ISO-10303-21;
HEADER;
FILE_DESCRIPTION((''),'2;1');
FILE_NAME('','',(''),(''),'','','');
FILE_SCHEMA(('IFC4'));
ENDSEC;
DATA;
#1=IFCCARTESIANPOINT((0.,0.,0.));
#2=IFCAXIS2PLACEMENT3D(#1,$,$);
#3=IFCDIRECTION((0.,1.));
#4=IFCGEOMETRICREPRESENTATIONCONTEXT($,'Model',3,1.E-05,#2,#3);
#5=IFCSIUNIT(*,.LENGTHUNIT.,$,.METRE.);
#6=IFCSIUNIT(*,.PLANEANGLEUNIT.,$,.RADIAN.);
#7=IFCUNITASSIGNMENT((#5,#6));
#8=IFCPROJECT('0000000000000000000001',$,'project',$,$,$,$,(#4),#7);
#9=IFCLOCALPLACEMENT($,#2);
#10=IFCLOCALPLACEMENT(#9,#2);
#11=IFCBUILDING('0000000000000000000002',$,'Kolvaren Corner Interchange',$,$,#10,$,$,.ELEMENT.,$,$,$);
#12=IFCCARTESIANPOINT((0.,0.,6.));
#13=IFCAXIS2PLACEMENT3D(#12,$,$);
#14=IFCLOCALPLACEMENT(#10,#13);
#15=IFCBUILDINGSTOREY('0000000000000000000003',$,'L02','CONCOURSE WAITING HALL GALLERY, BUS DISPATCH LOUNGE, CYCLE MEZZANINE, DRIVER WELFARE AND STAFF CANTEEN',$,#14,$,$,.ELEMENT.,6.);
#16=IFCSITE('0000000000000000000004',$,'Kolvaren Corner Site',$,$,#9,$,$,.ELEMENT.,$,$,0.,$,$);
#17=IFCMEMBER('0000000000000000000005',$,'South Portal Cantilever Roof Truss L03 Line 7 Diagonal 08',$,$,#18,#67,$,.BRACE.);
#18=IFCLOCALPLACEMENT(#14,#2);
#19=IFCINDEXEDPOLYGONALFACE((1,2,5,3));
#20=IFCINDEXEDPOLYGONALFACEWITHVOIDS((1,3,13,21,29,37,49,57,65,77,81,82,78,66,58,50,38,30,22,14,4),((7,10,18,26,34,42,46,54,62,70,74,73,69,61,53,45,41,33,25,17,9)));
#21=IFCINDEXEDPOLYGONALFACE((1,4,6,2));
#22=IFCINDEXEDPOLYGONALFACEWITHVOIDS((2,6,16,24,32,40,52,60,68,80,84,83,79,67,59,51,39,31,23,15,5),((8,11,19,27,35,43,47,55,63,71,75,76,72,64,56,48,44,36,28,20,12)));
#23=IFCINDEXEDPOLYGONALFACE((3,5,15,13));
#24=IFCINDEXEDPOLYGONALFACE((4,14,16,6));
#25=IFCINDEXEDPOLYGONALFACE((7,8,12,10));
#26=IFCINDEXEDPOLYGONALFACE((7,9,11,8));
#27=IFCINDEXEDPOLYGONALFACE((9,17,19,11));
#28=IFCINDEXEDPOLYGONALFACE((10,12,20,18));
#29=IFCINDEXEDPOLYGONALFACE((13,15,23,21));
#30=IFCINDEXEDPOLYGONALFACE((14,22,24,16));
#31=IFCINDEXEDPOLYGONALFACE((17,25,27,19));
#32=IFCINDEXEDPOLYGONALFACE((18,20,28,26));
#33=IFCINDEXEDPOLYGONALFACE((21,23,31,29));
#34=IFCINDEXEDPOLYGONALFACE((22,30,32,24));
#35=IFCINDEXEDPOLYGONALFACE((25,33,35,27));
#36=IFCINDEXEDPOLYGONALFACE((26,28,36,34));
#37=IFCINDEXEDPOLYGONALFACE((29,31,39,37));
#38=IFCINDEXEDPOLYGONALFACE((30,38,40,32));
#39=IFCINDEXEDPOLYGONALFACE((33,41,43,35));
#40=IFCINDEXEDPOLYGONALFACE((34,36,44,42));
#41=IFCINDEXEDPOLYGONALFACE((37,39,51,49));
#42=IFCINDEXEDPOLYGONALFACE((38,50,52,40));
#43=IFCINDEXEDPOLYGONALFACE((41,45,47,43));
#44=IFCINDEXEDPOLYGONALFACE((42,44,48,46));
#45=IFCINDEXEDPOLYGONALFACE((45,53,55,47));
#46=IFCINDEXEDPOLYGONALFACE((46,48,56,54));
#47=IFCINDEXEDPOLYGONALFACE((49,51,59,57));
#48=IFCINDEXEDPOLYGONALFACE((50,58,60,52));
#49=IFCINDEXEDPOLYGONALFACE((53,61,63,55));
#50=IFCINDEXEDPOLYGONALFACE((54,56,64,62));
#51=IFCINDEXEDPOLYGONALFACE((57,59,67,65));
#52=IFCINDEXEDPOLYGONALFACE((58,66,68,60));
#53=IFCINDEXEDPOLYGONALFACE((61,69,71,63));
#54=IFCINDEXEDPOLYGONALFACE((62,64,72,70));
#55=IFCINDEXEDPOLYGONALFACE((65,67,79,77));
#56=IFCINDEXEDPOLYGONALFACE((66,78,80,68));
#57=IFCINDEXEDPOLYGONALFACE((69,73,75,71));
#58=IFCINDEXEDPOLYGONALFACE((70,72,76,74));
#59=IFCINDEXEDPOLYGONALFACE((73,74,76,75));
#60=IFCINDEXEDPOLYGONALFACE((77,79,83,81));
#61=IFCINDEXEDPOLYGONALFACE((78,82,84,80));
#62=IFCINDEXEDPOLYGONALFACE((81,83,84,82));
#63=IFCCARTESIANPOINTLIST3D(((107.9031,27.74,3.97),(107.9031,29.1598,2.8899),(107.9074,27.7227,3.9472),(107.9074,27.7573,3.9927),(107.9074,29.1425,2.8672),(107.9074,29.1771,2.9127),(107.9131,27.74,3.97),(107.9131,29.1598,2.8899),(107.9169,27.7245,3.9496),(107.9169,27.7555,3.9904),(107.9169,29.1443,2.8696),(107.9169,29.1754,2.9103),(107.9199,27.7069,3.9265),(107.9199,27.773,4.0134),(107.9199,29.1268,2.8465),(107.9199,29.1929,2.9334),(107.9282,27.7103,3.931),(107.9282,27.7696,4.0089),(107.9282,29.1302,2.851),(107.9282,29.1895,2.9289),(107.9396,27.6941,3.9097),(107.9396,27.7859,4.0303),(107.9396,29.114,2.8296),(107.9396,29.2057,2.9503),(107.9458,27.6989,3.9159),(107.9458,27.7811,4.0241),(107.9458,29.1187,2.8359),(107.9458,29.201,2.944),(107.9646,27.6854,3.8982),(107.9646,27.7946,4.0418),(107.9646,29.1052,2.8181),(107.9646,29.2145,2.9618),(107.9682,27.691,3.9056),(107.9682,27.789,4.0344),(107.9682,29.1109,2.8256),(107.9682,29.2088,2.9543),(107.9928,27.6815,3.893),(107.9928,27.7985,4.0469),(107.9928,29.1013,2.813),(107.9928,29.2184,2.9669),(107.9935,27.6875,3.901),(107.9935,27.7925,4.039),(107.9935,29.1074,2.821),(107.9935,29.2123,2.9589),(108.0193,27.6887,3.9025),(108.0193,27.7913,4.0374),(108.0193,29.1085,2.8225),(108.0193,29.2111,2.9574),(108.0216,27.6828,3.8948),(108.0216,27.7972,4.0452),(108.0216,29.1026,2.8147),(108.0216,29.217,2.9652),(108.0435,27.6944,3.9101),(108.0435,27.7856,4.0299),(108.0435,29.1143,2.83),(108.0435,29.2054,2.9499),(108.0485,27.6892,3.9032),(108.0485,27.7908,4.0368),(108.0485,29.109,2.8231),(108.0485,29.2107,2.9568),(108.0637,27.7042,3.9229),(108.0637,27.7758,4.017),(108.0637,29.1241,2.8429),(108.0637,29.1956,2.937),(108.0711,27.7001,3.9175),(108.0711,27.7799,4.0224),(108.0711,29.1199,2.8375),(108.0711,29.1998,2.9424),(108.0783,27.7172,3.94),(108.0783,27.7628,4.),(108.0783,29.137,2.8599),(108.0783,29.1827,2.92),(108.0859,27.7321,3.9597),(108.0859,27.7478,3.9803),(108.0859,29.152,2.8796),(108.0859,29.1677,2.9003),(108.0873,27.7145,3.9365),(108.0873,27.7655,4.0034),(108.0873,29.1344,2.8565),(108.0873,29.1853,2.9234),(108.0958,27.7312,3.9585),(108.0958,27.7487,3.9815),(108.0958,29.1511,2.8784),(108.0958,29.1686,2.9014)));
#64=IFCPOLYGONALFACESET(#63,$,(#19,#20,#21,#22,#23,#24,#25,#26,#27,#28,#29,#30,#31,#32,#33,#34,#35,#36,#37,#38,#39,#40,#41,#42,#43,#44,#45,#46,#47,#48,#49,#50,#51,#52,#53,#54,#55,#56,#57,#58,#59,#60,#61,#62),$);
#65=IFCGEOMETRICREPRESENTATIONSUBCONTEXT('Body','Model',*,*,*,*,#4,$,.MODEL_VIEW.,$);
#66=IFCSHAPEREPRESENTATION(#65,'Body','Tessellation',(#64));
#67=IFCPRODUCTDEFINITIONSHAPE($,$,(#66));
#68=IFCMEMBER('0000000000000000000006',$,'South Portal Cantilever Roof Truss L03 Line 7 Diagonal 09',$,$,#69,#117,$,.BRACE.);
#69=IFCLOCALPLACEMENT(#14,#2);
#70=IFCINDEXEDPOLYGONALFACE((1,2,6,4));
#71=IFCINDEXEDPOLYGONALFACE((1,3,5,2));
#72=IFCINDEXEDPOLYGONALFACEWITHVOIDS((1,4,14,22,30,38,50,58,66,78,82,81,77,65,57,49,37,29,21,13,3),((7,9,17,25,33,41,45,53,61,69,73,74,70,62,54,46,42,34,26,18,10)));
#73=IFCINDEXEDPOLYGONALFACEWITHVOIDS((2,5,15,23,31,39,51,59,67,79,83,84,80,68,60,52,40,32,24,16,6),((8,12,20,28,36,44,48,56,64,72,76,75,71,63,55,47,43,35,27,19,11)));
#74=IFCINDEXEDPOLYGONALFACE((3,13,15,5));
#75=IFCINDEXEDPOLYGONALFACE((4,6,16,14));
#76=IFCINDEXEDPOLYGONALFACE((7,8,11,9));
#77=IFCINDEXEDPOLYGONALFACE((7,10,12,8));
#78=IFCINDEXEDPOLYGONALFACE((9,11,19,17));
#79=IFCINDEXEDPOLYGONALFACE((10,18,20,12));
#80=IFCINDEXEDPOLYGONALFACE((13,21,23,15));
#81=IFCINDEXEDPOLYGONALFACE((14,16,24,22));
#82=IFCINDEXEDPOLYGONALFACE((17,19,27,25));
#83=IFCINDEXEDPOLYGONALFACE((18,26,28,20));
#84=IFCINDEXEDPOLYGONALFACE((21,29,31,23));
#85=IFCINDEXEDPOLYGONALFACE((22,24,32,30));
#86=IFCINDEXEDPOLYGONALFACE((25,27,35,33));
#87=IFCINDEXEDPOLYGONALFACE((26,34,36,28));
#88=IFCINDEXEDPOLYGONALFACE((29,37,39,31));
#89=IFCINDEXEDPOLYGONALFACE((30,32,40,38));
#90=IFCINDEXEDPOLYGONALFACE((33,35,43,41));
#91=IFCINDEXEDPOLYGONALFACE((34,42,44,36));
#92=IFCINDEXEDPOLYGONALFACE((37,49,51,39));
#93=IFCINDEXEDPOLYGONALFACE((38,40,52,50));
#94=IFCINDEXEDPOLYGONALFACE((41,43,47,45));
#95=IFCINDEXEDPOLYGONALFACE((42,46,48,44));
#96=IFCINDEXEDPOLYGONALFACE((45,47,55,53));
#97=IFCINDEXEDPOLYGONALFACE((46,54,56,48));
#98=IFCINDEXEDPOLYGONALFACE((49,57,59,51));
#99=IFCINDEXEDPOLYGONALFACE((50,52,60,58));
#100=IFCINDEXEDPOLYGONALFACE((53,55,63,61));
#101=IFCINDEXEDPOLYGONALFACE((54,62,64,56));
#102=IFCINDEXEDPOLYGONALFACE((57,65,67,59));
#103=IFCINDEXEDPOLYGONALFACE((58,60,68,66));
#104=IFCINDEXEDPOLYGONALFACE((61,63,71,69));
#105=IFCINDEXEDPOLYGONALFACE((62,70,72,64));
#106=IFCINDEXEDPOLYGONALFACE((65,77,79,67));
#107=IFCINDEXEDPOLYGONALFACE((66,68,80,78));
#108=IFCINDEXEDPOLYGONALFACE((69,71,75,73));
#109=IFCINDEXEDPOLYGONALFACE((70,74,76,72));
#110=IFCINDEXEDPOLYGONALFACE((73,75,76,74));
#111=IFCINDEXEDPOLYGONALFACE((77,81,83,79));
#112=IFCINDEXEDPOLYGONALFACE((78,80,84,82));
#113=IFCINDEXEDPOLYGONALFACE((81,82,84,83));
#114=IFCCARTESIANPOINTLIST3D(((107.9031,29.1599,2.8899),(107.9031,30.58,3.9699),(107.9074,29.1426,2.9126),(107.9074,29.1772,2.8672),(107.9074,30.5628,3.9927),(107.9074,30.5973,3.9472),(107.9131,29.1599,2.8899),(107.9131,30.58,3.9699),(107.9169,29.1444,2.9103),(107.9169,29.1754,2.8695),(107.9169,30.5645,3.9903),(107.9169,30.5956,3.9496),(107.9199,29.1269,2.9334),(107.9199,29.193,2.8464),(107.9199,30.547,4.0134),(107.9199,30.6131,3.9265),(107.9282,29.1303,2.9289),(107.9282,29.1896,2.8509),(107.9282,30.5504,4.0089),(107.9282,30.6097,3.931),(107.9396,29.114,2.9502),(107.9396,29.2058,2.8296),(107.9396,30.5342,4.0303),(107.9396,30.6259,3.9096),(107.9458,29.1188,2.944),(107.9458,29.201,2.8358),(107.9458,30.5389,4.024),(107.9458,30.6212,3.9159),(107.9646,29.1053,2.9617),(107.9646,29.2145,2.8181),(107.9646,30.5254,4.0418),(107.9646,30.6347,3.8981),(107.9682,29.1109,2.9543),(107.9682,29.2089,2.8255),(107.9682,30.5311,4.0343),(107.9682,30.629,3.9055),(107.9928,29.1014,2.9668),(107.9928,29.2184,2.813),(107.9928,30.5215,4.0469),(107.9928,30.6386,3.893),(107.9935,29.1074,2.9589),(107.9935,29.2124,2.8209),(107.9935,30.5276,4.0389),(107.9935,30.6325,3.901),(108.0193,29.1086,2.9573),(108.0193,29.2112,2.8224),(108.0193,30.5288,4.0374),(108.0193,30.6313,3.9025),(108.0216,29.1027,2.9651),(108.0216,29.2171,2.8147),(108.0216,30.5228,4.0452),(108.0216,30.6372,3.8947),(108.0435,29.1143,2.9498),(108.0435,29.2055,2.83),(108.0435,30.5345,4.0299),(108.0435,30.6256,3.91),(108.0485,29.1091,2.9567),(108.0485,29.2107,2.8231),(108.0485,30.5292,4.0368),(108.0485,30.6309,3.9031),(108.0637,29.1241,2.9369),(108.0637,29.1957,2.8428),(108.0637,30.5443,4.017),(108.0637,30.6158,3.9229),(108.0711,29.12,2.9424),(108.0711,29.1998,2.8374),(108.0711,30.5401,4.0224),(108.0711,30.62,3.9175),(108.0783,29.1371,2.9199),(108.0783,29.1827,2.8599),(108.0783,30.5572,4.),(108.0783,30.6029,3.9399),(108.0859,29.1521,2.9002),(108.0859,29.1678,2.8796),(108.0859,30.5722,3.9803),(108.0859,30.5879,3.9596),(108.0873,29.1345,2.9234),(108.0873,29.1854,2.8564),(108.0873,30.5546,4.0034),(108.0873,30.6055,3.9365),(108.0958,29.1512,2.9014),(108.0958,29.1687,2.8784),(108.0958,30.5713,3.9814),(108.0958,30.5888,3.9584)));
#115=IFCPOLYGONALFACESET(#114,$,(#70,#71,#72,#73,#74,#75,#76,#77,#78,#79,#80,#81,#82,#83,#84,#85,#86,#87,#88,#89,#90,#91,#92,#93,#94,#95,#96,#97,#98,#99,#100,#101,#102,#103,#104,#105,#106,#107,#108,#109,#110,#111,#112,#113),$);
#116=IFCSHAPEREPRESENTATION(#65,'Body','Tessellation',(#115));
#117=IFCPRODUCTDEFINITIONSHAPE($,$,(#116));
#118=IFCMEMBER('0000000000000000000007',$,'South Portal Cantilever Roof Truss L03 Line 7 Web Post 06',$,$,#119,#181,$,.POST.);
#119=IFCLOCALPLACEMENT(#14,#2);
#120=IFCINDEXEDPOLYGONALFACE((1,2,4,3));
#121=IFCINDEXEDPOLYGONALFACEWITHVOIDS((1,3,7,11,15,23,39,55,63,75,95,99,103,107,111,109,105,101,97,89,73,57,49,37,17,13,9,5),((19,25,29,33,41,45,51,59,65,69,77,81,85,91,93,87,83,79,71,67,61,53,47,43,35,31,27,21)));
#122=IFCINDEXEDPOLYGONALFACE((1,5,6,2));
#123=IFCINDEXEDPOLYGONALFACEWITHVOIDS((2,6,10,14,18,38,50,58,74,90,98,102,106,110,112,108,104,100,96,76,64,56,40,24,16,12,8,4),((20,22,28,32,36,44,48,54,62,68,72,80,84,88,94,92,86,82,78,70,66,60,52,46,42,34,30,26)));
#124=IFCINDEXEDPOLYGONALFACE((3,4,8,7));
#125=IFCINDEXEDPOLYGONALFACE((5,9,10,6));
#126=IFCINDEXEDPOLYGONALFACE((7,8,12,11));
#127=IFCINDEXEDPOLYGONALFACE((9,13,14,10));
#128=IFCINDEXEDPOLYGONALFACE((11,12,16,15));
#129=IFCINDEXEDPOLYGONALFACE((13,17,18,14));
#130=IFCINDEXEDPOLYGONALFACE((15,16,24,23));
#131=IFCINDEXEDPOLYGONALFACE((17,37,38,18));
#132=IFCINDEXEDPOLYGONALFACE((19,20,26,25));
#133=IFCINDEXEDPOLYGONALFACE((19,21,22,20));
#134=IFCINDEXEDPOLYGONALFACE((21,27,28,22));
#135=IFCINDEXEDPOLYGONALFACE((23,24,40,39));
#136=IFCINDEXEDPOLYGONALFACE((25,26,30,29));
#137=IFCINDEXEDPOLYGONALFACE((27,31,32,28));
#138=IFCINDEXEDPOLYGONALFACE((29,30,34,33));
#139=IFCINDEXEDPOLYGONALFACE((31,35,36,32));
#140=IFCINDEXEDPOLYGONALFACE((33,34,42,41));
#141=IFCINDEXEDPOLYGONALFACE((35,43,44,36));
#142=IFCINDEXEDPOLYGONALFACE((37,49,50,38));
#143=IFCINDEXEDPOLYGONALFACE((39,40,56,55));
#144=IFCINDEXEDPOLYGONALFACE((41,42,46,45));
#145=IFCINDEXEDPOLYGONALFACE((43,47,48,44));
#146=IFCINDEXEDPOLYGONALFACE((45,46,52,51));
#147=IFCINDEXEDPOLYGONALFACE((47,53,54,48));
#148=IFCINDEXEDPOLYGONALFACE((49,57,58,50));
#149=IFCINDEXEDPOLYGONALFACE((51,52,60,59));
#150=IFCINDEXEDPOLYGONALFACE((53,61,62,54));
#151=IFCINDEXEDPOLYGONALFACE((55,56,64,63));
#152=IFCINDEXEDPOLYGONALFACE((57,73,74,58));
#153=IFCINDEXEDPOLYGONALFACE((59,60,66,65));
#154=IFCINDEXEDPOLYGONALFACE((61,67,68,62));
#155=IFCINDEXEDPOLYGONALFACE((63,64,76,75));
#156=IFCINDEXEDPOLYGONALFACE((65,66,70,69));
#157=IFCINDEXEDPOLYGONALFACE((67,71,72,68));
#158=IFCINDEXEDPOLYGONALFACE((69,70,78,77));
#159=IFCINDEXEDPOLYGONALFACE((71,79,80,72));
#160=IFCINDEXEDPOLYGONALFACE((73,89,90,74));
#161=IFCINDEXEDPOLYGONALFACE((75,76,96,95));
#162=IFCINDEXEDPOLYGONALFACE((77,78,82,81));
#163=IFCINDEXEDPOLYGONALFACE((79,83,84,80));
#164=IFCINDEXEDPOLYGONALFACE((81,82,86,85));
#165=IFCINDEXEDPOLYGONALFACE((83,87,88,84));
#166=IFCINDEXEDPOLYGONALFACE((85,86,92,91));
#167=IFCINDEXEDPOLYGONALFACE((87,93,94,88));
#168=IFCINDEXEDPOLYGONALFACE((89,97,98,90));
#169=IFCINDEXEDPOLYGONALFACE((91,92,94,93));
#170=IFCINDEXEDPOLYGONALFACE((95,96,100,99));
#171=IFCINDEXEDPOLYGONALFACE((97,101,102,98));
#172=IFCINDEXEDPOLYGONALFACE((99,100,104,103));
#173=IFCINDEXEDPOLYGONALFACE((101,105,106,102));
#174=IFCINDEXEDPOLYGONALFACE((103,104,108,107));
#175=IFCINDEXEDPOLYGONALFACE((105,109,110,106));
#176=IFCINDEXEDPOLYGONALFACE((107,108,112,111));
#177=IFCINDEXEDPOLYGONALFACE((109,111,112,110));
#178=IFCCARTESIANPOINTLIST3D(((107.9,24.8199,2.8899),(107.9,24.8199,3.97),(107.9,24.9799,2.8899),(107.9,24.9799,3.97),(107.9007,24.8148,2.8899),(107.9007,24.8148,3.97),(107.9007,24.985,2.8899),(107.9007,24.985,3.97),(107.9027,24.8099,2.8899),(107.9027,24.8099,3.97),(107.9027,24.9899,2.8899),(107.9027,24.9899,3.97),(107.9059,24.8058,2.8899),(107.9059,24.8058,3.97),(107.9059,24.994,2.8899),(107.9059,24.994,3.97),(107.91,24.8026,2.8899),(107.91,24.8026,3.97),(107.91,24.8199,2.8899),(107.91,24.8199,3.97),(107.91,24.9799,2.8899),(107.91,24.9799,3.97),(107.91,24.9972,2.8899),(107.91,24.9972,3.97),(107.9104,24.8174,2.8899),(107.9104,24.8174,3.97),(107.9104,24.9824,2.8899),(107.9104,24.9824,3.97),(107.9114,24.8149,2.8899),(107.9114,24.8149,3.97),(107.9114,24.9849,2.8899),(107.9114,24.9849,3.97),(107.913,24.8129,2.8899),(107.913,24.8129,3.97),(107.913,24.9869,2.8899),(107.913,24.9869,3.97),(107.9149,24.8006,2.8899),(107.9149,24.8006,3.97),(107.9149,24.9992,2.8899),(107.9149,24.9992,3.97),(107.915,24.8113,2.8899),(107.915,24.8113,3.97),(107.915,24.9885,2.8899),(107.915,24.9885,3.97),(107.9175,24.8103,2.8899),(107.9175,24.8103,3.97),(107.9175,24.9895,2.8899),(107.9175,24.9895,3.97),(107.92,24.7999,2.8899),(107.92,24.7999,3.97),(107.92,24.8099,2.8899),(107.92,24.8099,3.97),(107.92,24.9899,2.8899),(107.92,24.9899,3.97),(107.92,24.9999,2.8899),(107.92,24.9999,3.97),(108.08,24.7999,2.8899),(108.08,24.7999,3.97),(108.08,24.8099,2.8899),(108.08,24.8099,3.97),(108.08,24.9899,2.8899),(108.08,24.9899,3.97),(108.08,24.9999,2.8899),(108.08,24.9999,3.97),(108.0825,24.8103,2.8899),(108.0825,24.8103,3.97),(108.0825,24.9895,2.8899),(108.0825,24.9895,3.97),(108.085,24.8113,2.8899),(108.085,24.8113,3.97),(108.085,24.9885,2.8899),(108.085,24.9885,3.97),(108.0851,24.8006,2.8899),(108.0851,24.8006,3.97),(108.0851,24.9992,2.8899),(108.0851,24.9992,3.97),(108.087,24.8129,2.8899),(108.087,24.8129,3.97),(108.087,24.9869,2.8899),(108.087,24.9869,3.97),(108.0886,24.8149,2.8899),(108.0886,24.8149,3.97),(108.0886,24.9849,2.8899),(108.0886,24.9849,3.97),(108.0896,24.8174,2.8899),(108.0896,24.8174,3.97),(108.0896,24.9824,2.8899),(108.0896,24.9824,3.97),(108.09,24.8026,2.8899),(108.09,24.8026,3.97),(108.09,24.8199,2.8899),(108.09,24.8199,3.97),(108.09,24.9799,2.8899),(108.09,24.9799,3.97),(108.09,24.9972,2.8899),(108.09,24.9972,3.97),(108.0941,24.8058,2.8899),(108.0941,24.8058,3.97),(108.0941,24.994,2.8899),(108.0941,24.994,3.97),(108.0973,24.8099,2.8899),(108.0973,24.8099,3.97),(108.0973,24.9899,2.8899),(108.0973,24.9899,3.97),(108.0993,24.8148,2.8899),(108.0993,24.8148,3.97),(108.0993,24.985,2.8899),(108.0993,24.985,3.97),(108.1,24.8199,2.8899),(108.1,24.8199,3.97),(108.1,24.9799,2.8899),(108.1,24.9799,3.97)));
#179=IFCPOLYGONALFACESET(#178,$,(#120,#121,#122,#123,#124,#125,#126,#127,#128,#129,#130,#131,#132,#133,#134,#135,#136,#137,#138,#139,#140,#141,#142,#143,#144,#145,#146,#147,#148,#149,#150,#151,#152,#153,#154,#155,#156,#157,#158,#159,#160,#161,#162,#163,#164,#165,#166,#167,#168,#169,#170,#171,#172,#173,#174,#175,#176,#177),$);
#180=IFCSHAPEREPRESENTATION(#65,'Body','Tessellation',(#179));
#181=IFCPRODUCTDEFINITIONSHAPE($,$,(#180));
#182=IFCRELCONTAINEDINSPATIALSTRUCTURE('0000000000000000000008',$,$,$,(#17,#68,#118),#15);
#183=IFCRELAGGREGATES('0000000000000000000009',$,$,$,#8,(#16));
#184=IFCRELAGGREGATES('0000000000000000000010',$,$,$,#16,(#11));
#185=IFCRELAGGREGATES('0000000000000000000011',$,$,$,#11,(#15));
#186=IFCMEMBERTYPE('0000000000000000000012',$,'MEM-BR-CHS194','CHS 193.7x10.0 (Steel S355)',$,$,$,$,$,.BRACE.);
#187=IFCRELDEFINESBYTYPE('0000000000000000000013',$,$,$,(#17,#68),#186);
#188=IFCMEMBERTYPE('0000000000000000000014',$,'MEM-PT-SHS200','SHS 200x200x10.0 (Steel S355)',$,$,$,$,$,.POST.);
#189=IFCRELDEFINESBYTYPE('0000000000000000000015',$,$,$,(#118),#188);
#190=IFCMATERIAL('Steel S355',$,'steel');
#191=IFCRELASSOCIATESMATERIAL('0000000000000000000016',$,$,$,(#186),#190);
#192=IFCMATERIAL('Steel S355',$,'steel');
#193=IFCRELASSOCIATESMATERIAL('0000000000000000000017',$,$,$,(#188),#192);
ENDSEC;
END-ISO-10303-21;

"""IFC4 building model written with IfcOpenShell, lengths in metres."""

from ifc_helpers import new_model, si_unit, direction, frame, origin, origin_2d, place, context, subcontext, project, spatial, hollow_rectangle, hollow_circle, extrude, material, material_profile, profile_set, type_object, element, save


model = new_model("IFC4")

# Units and contexts
model_context = context("Model", 3, precision=1e-05, world=origin(), true_north=direction((0.0, 1.0)))
body_context = subcontext(model_context, "Body", "Model", "MODEL_VIEW")
ifc_project = project(units=[si_unit("LENGTHUNIT", "METRE"), si_unit("PLANEANGLEUNIT", "RADIAN")], contexts=[model_context])

# Site, building, storey
site_placement = place(None, origin())
site = spatial("IfcSite", under=ifc_project, at=site_placement, Name="Kolvaren Corner Site", CompositionType="ELEMENT", RefElevation=0.0)
building_placement = place(site_placement, origin())
building = spatial("IfcBuilding", under=site, at=building_placement, Name="Kolvaren Corner Interchange", CompositionType="ELEMENT")
storey_placement = place(building_placement, frame((0.0, 0.0, 6.0)))
storey = spatial("IfcBuildingStorey", under=building, at=storey_placement, Name="L02", Description="CONCOURSE WAITING HALL GALLERY, BUS DISPATCH LOUNGE, CYCLE MEZZANINE, DRIVER WELFARE AND STAFF CANTEEN", CompositionType="ELEMENT", Elevation=6.0)

# Members
ifc_material_1 = material(Name="Steel S355", Category="steel")
ifc_material_profile_1 = material_profile(ifc_material_1, hollow_circle(Radius=0.0969, WallThickness=0.01, at=origin_2d()), Name="CHS 193.7x10.0")
ifc_profile_set_1 = profile_set([ifc_material_profile_1], Name="Steel S355")
member_type_1 = type_object("IfcMemberType", Name="MEM-BR-CHS194", Description="CHS 193.7x10.0 (Steel S355)", PredefinedType="BRACE", material=ifc_profile_set_1)
for number, where, z_axis, x_axis, name in (
    (1, (108.0, 27.74, 3.97), (0.0, 0.795909, -0.605416), (-1.0, 0.0, 0.0), "South Portal Cantilever Roof Truss L03 Line 7 Diagonal 08"),
):
    element("IfcMember", number, at=place(storey_placement, frame(where, z_axis=z_axis, x_axis=x_axis)), inside=storey, type_object=member_type_1, Name=name, PredefinedType="BRACE", context=body_context, shape_type="SweptSolid", body=[
        extrude(hollow_circle(Radius=0.0969, WallThickness=0.01, at=origin_2d()), origin(), (0.0, 0.0, 1.0), 1.7839),
    ])
member_1_placement = place(storey_placement, frame((108.0, 29.1599, 2.8899), z_axis=(0.0, 0.795959, 0.60535), x_axis=(-1.0, 0.0, 0.0)))
element("IfcMember", 2, at=member_1_placement, inside=storey, type_object=member_type_1, Name="South Portal Cantilever Roof Truss L03 Line 7 Diagonal 09", PredefinedType="BRACE", context=body_context, shape_type="SweptSolid", body=[
    extrude(hollow_circle(Radius=0.0969, WallThickness=0.01, at=origin_2d()), origin(), (0.0, 0.0, 1.0), 1.7842),
])
ifc_material_2 = material(Name="Steel S355", Category="steel")
ifc_material_profile_2 = material_profile(ifc_material_2, hollow_rectangle(XDim=0.2, YDim=0.2, WallThickness=0.01, InnerFilletRadius=0.01, OuterFilletRadius=0.02, at=origin_2d()), Name="SHS 200x200x10.0")
ifc_profile_set_2 = profile_set([ifc_material_profile_2], Name="Steel S355")
member_type_2 = type_object("IfcMemberType", Name="MEM-PT-SHS200", Description="SHS 200x200x10.0 (Steel S355)", PredefinedType="POST", material=ifc_profile_set_2)
for number, where, z_axis, x_axis, name in (
    (3, (108.0, 24.8999, 2.8899), (0.0, 0.0, 1.0), (1.0, 0.0, 0.0), "South Portal Cantilever Roof Truss L03 Line 7 Web Post 06"),
):
    element("IfcMember", number, at=place(storey_placement, frame(where, z_axis=z_axis, x_axis=x_axis)), inside=storey, type_object=member_type_2, Name=name, PredefinedType="POST", context=body_context, shape_type="SweptSolid", body=[
        extrude(hollow_rectangle(XDim=0.2, YDim=0.2, WallThickness=0.01, InnerFilletRadius=0.01, OuterFilletRadius=0.02, at=origin_2d()), origin(), (0.0, 0.0, 1.0), 1.0801),
    ])

save(model, "model.ifc")
